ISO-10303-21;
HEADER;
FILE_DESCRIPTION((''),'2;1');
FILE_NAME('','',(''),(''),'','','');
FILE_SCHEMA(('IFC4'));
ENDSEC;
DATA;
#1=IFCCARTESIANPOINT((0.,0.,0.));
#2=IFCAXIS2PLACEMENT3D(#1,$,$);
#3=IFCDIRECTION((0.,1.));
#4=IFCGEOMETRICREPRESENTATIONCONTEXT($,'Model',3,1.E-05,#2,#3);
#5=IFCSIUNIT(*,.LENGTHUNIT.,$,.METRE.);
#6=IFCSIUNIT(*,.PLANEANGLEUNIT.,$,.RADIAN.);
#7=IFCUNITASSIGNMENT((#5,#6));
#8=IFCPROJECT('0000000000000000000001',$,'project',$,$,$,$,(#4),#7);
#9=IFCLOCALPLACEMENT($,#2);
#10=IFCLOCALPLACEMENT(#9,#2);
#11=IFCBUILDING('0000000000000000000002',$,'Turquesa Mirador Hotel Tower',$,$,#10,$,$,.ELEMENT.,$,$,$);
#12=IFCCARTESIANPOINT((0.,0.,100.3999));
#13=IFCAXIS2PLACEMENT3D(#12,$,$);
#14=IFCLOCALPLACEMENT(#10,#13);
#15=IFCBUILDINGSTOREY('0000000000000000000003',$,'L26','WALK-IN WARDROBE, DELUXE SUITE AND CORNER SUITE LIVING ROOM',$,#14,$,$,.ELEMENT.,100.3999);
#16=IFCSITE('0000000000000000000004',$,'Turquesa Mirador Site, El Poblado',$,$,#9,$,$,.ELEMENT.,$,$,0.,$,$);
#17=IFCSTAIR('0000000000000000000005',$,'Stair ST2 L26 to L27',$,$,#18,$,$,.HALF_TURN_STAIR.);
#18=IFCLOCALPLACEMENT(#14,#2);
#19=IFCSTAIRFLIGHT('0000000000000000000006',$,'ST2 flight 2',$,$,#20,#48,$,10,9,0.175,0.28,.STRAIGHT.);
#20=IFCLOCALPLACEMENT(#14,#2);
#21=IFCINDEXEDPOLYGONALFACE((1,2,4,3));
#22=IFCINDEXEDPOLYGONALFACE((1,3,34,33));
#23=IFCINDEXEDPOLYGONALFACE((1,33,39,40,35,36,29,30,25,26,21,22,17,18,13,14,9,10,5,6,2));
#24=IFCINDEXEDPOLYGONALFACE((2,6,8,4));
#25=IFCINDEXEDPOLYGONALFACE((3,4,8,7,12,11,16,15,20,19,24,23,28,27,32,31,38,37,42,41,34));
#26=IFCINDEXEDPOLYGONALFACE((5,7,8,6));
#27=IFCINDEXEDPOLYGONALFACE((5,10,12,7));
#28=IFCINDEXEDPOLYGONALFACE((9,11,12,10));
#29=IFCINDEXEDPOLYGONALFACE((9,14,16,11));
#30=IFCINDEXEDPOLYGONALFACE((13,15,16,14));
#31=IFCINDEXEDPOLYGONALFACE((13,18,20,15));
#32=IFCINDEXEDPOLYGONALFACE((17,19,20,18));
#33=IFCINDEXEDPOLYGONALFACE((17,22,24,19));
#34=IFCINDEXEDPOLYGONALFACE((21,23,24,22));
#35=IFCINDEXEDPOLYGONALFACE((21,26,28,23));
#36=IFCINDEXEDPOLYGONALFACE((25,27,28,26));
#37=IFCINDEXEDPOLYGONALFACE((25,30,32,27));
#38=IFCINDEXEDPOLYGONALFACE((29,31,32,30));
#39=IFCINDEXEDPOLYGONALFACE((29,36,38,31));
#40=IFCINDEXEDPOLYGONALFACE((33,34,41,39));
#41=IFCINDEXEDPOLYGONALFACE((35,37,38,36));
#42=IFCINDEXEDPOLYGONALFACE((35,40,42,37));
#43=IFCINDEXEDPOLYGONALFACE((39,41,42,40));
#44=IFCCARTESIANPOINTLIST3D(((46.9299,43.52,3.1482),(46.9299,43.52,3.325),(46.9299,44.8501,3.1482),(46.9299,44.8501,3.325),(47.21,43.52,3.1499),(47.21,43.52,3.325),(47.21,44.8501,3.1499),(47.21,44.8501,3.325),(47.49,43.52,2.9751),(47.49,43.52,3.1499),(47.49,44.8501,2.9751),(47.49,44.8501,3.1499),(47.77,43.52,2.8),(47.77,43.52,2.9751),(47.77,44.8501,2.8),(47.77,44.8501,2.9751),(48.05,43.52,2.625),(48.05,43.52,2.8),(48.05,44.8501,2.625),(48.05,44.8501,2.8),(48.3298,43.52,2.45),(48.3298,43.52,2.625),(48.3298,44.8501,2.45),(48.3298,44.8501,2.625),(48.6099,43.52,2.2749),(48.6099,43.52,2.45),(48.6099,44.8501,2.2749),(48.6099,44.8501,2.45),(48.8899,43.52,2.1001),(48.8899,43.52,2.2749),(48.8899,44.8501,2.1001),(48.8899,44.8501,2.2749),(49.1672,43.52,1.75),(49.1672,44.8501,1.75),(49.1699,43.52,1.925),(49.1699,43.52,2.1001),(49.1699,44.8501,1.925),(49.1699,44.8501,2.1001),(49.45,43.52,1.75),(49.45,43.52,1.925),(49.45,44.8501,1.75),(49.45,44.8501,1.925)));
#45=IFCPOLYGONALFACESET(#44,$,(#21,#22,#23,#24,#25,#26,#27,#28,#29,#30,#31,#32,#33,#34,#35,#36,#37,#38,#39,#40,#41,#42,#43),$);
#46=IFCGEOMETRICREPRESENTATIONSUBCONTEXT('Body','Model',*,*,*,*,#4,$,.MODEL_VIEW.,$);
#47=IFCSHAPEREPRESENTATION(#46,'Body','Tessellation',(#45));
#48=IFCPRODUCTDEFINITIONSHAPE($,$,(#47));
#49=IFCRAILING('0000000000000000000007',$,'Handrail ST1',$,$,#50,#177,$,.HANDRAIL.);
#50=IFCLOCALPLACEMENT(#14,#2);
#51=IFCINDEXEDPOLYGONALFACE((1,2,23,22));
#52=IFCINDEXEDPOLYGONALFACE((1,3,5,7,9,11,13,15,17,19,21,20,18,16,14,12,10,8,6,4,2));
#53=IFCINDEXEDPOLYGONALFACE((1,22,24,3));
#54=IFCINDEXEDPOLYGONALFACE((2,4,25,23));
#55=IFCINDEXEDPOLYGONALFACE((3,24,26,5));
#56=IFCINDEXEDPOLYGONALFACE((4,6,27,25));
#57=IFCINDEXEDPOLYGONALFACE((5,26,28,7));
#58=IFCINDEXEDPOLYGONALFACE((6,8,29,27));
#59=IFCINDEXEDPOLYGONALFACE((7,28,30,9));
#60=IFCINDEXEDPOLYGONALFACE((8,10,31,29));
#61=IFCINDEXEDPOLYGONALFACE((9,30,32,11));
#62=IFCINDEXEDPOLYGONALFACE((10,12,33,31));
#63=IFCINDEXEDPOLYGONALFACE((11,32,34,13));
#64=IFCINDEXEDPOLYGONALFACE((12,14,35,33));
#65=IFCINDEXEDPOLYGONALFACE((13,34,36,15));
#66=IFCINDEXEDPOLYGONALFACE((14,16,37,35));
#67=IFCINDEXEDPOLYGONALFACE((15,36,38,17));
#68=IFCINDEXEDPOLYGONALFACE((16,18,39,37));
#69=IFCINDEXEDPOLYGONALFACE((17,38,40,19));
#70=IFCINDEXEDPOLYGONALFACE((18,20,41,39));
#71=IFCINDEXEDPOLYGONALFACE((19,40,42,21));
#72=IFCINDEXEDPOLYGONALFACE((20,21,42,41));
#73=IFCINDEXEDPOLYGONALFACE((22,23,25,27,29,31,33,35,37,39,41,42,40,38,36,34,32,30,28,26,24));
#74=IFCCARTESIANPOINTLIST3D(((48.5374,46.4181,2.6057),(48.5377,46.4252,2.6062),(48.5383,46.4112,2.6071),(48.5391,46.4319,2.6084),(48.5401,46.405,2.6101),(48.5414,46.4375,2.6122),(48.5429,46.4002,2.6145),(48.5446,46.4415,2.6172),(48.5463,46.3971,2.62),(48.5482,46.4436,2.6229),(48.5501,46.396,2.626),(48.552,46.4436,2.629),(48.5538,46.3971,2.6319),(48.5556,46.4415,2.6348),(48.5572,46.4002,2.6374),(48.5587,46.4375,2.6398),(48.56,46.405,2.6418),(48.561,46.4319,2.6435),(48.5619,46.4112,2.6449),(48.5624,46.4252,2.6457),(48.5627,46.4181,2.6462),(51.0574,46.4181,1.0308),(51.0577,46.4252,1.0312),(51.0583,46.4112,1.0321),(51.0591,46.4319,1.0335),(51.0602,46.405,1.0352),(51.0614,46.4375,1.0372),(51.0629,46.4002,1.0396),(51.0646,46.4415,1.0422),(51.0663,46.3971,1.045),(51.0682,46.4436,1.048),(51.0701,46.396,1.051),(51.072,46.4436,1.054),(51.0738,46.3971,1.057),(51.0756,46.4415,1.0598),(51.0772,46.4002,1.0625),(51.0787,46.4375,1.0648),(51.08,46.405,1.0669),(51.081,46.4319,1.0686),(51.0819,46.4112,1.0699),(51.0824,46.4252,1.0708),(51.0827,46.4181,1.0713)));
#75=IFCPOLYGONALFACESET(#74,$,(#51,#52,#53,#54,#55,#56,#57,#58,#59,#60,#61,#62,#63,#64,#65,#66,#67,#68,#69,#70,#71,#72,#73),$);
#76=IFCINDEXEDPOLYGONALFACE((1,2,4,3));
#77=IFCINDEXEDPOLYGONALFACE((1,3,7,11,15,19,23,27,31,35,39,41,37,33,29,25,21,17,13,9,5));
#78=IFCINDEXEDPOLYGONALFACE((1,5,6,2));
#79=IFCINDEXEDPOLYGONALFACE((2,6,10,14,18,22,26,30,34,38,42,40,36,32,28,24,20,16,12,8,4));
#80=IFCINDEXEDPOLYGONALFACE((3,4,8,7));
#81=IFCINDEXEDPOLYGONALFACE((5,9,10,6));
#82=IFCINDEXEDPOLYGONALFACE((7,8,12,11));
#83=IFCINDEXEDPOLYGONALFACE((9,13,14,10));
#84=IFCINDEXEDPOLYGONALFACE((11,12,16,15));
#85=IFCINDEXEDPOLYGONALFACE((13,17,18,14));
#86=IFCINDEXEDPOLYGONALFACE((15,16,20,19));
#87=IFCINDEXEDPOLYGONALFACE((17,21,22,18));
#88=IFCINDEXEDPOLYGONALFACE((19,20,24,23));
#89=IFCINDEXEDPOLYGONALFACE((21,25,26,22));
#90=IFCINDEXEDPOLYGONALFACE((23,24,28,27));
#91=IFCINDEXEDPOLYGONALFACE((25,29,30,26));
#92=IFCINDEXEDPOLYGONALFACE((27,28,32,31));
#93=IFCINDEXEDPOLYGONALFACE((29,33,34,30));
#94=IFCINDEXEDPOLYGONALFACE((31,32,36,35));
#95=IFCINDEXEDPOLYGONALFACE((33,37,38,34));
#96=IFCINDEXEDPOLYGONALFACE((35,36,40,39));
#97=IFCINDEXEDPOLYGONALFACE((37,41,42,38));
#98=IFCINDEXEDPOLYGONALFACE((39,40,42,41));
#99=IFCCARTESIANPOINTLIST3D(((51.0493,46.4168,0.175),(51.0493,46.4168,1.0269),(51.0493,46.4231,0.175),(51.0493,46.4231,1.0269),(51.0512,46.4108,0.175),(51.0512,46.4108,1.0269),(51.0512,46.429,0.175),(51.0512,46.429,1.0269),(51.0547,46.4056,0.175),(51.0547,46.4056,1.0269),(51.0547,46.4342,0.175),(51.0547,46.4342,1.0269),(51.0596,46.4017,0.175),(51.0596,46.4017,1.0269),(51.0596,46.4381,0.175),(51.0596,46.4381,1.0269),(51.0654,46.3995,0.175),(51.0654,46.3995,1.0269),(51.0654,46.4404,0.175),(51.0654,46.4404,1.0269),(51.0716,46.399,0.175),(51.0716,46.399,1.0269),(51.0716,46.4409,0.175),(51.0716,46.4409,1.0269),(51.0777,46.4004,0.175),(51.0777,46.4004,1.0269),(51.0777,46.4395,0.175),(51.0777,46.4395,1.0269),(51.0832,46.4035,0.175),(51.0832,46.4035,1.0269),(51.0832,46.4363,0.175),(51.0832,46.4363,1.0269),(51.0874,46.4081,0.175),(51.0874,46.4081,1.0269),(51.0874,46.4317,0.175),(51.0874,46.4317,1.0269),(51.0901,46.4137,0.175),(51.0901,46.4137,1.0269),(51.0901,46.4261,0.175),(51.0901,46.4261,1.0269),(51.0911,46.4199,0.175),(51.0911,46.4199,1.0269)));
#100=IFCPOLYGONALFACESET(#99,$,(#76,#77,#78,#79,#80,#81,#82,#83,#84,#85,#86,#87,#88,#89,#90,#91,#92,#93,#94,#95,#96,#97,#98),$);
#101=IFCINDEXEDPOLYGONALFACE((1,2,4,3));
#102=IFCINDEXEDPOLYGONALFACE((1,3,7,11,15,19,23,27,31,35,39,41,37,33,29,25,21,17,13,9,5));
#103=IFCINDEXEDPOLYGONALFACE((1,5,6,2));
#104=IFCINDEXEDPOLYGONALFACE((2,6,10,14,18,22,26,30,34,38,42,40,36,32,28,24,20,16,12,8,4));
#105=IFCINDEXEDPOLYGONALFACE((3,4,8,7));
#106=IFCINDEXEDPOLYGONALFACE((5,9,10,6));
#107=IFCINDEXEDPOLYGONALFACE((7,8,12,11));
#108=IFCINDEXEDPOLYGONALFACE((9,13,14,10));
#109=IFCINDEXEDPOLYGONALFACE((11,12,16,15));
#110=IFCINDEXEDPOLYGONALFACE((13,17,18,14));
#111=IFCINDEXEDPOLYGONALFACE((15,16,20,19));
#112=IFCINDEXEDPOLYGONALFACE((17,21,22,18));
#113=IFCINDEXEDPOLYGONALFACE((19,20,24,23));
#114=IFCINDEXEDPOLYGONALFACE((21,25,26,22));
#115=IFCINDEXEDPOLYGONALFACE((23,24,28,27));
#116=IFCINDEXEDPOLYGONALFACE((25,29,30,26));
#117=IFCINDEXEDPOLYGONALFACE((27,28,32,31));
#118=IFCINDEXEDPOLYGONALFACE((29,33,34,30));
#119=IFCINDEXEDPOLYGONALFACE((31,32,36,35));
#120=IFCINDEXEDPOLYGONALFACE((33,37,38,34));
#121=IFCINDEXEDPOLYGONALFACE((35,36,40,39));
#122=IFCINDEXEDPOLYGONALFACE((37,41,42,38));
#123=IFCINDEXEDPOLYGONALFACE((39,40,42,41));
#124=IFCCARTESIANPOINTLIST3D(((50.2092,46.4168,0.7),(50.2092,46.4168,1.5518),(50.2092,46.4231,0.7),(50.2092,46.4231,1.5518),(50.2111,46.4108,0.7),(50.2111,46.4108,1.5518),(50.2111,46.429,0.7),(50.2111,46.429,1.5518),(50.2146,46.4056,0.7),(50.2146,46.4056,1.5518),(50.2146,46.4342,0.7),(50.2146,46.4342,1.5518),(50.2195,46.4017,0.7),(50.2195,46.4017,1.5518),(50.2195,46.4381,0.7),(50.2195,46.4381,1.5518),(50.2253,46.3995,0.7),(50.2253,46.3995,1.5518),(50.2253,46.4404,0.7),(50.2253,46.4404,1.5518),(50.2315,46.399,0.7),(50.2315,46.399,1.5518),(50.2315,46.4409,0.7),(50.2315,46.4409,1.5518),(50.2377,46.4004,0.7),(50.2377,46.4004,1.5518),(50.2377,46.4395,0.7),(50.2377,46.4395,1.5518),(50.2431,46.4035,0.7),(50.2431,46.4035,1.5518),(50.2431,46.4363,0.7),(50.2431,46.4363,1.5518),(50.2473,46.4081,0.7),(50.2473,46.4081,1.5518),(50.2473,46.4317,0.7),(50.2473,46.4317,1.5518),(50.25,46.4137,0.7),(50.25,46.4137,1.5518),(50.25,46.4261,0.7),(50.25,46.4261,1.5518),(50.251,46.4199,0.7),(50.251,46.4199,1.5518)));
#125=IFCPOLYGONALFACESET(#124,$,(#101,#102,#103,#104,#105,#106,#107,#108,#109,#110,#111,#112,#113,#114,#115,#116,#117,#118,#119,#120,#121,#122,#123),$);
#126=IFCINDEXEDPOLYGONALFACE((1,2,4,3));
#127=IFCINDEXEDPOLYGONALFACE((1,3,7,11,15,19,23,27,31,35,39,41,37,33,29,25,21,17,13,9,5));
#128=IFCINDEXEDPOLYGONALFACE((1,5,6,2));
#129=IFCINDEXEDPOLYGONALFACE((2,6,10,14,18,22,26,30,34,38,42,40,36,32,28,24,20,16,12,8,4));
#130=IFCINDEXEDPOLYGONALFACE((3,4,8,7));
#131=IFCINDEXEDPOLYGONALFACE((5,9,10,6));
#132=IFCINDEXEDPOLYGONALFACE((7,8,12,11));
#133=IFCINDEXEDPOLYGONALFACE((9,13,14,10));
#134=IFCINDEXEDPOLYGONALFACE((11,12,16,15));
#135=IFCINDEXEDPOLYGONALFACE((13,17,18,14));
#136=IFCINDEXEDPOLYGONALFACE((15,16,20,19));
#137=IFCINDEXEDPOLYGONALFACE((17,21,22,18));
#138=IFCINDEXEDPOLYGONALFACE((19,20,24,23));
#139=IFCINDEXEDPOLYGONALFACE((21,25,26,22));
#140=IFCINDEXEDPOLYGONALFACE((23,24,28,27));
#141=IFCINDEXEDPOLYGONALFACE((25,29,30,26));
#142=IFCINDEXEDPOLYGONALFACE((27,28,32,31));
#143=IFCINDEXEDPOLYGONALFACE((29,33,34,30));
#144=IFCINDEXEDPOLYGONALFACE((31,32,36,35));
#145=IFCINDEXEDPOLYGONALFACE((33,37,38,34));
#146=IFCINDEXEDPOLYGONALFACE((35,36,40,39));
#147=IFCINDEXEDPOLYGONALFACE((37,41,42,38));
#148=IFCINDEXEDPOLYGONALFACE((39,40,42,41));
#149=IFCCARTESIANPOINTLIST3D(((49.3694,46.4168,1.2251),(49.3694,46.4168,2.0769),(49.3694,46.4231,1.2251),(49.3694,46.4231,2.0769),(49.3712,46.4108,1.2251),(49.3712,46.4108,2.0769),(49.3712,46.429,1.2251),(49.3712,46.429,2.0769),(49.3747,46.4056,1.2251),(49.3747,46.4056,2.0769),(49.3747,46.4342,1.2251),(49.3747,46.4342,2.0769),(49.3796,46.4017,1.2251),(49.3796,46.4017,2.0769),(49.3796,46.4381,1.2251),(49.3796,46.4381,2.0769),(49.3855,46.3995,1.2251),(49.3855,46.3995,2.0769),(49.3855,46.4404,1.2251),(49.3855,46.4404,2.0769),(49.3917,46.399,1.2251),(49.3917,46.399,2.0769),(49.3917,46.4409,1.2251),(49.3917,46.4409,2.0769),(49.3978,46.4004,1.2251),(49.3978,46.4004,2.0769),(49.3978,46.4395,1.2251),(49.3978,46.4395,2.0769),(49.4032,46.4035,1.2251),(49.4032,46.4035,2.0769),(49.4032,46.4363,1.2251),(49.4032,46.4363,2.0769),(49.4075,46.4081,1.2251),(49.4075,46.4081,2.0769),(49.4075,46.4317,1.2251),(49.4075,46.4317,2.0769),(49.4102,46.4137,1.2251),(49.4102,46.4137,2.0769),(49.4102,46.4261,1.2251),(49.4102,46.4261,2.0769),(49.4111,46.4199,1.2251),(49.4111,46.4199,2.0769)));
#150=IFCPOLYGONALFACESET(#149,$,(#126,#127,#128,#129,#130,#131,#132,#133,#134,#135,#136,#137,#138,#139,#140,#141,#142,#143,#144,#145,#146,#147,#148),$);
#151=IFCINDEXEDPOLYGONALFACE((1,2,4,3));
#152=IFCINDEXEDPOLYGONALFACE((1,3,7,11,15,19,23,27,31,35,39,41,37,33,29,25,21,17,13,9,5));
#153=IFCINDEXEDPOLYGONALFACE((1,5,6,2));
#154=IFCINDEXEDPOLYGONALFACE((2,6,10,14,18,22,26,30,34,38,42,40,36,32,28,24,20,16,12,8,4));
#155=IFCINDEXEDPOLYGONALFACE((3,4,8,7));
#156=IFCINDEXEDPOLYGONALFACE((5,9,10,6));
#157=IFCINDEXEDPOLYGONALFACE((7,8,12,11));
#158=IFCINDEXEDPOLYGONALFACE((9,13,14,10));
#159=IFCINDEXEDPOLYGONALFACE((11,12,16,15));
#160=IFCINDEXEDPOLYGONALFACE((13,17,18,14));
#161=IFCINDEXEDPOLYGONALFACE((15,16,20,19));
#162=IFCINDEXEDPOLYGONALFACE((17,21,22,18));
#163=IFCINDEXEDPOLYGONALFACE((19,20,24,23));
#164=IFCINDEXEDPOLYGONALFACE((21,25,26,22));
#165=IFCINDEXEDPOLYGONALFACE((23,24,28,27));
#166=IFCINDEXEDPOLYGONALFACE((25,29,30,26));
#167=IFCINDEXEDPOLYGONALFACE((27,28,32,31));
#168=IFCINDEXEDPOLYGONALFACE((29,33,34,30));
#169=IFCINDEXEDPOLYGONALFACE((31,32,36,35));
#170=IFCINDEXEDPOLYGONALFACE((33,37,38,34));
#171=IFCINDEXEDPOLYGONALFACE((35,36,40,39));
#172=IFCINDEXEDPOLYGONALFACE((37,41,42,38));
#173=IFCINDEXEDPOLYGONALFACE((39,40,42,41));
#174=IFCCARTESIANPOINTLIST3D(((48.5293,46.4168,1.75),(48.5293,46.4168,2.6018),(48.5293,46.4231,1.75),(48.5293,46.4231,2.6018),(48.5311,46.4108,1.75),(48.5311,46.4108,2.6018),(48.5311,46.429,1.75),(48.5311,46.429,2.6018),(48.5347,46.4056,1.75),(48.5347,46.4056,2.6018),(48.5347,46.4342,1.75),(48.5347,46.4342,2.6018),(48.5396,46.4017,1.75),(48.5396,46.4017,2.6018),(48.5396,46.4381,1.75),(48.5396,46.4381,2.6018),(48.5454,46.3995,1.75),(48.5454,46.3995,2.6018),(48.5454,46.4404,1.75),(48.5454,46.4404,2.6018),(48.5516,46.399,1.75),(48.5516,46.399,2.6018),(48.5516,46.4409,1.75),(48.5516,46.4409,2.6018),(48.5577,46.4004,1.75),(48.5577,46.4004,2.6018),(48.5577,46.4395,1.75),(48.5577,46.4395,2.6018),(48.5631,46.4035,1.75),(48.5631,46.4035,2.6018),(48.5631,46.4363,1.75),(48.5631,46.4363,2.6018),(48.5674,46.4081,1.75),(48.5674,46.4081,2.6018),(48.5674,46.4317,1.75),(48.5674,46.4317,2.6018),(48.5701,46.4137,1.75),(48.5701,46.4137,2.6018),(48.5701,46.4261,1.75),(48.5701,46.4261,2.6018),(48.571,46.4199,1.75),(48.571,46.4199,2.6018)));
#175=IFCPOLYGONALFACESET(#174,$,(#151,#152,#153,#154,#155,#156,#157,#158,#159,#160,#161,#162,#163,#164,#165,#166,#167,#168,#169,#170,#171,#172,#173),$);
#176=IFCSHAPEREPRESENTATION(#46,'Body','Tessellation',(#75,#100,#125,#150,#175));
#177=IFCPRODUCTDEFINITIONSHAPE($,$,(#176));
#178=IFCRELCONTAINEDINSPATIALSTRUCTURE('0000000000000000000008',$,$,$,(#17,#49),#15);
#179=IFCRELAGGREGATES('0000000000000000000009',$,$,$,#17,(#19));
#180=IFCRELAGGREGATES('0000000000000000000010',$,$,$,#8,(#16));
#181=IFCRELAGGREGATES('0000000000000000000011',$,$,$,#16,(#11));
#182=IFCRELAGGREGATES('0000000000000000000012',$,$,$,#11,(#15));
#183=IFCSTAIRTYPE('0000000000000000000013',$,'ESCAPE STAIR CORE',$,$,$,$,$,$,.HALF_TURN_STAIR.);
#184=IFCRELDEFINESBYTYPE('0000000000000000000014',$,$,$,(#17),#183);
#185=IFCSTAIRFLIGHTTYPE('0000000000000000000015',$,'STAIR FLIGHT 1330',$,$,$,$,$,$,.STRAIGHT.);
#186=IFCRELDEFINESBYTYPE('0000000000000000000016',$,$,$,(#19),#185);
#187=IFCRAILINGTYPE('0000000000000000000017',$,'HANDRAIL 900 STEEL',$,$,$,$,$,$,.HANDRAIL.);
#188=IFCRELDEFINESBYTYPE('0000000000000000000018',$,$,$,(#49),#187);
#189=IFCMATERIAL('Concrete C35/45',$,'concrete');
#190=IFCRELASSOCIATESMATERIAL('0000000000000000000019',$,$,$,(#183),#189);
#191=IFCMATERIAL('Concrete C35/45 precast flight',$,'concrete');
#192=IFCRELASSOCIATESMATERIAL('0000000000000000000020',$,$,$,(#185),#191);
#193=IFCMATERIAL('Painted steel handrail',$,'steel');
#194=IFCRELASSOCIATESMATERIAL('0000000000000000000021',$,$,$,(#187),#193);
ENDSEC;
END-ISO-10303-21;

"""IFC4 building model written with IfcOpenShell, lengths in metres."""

from ifc_helpers import new_model, si_unit, direction, frame, origin, origin_2d, place, context, subcontext, project, spatial, polyline, circle, outline, extrude, material, type_object, element, aggregate, save


model = new_model("IFC4")

# Units and contexts
model_context = context("Model", 3, precision=1e-05, world=origin(), true_north=direction((0.0, 1.0)))
body_context = subcontext(model_context, "Body", "Model", "MODEL_VIEW")
ifc_project = project(units=[si_unit("LENGTHUNIT", "METRE"), si_unit("PLANEANGLEUNIT", "RADIAN")], contexts=[model_context])

# Site, building, storey
site_placement = place(None, origin())
site = spatial("IfcSite", under=ifc_project, at=site_placement, Name="Turquesa Mirador Site, El Poblado", CompositionType="ELEMENT", RefElevation=0.0)
building_placement = place(site_placement, origin())
building = spatial("IfcBuilding", under=site, at=building_placement, Name="Turquesa Mirador Hotel Tower", CompositionType="ELEMENT")
storey_placement = place(building_placement, frame((0.0, 0.0, 100.3999)))
storey = spatial("IfcBuildingStorey", under=building, at=storey_placement, Name="L26", Description="WALK-IN WARDROBE, DELUXE SUITE AND CORNER SUITE LIVING ROOM", CompositionType="ELEMENT", Elevation=100.3999)

# Shared definitions
ifc_material_1 = material(Name="Concrete C35/45", Category="concrete")
stair_type = type_object("IfcStairType", Name="ESCAPE STAIR CORE", PredefinedType="HALF_TURN_STAIR", material=ifc_material_1)
ifc_material_2 = material(Name="Concrete C35/45 precast flight", Category="concrete")
stair_flight_type = type_object("IfcStairFlightType", Name="STAIR FLIGHT 1330", PredefinedType="STRAIGHT", material=ifc_material_2)

# Stair, stair flight
stair_1_placement = place(storey_placement, origin())
stair_1 = element("IfcStair", 1, at=stair_1_placement, inside=storey, type_object=stair_type, Name="Stair ST2 L26 to L27", PredefinedType="HALF_TURN_STAIR")
stair_flight_1_placement = place(storey_placement, frame((49.45, 44.1851, 1.75), z_axis=(0.0, 0.0, 1.0), x_axis=(-1.0, 0.0, 0.0)))
stair_flight_1 = element("IfcStairFlight", 2, at=stair_flight_1_placement, type_object=stair_flight_type, Name="ST2 flight 2", NumberOfRisers=10, NumberOfTreads=9, PredefinedType="STRAIGHT", RiserHeight=0.175, TreadLength=0.28, context=body_context, shape_type="SweptSolid", body=[
    extrude(outline(polyline([(0.0, 0.0), (0.0, 0.175), (0.28, 0.175), (0.28, 0.3501), (0.5601, 0.3501), (0.5601, 0.5249), (0.8401, 0.5249), (0.8401, 0.7), (1.1201, 0.7), (1.1201, 0.875), (1.3999, 0.875), (1.3999, 1.05), (1.6799, 1.05), (1.6799, 1.2251), (1.96, 1.2251), (1.96, 1.3999), (2.24, 1.3999), (2.24, 1.575), (2.52, 1.575), (2.52, 1.75), (2.52, 1.3982), (0.2827, 0.0), (0.0, 0.0)])), frame((0.0, 0.665, 0.0), z_axis=(0.0, -1.0, 0.0), x_axis=(1.0, 0.0, 0.0)), (0.0, 0.0, 1.0), 1.3301),
])
aggregate(stair_1, [stair_flight_1])

# Railing
ifc_material_3 = material(Name="Painted steel handrail", Category="steel")
railing_type = type_object("IfcRailingType", Name="HANDRAIL 900 STEEL", PredefinedType="HANDRAIL", material=ifc_material_3)
railing_1_placement = place(storey_placement, frame((51.0701, 46.4199, 0.175)))
element("IfcRailing", 3, at=railing_1_placement, inside=storey, type_object=railing_type, Name="Handrail ST1", PredefinedType="HANDRAIL", context=body_context, shape_type="SweptSolid", body=[
    extrude(circle(Radius=0.0239, at=origin_2d()), frame((0.0, 0.0, 0.876), z_axis=(-0.848008, 0.0, 0.529984), x_axis=(0.0, -1.0, 0.0)), (0.0, 0.0, 1.0), 2.9717),
    extrude(circle(Radius=0.021, at=origin_2d()), origin(), (0.0, 0.0, 1.0), 0.8518),
    extrude(circle(Radius=0.021, at=origin_2d()), frame((-0.8401, 0.0, 0.5249)), (0.0, 0.0, 1.0), 0.8518),
    extrude(circle(Radius=0.021, at=origin_2d()), frame((-1.6799, 0.0, 1.05)), (0.0, 0.0, 1.0), 0.8518),
    extrude(circle(Radius=0.021, at=origin_2d()), frame((-2.52, 0.0, 1.575)), (0.0, 0.0, 1.0), 0.8518),
])

save(model, "model.ifc")
